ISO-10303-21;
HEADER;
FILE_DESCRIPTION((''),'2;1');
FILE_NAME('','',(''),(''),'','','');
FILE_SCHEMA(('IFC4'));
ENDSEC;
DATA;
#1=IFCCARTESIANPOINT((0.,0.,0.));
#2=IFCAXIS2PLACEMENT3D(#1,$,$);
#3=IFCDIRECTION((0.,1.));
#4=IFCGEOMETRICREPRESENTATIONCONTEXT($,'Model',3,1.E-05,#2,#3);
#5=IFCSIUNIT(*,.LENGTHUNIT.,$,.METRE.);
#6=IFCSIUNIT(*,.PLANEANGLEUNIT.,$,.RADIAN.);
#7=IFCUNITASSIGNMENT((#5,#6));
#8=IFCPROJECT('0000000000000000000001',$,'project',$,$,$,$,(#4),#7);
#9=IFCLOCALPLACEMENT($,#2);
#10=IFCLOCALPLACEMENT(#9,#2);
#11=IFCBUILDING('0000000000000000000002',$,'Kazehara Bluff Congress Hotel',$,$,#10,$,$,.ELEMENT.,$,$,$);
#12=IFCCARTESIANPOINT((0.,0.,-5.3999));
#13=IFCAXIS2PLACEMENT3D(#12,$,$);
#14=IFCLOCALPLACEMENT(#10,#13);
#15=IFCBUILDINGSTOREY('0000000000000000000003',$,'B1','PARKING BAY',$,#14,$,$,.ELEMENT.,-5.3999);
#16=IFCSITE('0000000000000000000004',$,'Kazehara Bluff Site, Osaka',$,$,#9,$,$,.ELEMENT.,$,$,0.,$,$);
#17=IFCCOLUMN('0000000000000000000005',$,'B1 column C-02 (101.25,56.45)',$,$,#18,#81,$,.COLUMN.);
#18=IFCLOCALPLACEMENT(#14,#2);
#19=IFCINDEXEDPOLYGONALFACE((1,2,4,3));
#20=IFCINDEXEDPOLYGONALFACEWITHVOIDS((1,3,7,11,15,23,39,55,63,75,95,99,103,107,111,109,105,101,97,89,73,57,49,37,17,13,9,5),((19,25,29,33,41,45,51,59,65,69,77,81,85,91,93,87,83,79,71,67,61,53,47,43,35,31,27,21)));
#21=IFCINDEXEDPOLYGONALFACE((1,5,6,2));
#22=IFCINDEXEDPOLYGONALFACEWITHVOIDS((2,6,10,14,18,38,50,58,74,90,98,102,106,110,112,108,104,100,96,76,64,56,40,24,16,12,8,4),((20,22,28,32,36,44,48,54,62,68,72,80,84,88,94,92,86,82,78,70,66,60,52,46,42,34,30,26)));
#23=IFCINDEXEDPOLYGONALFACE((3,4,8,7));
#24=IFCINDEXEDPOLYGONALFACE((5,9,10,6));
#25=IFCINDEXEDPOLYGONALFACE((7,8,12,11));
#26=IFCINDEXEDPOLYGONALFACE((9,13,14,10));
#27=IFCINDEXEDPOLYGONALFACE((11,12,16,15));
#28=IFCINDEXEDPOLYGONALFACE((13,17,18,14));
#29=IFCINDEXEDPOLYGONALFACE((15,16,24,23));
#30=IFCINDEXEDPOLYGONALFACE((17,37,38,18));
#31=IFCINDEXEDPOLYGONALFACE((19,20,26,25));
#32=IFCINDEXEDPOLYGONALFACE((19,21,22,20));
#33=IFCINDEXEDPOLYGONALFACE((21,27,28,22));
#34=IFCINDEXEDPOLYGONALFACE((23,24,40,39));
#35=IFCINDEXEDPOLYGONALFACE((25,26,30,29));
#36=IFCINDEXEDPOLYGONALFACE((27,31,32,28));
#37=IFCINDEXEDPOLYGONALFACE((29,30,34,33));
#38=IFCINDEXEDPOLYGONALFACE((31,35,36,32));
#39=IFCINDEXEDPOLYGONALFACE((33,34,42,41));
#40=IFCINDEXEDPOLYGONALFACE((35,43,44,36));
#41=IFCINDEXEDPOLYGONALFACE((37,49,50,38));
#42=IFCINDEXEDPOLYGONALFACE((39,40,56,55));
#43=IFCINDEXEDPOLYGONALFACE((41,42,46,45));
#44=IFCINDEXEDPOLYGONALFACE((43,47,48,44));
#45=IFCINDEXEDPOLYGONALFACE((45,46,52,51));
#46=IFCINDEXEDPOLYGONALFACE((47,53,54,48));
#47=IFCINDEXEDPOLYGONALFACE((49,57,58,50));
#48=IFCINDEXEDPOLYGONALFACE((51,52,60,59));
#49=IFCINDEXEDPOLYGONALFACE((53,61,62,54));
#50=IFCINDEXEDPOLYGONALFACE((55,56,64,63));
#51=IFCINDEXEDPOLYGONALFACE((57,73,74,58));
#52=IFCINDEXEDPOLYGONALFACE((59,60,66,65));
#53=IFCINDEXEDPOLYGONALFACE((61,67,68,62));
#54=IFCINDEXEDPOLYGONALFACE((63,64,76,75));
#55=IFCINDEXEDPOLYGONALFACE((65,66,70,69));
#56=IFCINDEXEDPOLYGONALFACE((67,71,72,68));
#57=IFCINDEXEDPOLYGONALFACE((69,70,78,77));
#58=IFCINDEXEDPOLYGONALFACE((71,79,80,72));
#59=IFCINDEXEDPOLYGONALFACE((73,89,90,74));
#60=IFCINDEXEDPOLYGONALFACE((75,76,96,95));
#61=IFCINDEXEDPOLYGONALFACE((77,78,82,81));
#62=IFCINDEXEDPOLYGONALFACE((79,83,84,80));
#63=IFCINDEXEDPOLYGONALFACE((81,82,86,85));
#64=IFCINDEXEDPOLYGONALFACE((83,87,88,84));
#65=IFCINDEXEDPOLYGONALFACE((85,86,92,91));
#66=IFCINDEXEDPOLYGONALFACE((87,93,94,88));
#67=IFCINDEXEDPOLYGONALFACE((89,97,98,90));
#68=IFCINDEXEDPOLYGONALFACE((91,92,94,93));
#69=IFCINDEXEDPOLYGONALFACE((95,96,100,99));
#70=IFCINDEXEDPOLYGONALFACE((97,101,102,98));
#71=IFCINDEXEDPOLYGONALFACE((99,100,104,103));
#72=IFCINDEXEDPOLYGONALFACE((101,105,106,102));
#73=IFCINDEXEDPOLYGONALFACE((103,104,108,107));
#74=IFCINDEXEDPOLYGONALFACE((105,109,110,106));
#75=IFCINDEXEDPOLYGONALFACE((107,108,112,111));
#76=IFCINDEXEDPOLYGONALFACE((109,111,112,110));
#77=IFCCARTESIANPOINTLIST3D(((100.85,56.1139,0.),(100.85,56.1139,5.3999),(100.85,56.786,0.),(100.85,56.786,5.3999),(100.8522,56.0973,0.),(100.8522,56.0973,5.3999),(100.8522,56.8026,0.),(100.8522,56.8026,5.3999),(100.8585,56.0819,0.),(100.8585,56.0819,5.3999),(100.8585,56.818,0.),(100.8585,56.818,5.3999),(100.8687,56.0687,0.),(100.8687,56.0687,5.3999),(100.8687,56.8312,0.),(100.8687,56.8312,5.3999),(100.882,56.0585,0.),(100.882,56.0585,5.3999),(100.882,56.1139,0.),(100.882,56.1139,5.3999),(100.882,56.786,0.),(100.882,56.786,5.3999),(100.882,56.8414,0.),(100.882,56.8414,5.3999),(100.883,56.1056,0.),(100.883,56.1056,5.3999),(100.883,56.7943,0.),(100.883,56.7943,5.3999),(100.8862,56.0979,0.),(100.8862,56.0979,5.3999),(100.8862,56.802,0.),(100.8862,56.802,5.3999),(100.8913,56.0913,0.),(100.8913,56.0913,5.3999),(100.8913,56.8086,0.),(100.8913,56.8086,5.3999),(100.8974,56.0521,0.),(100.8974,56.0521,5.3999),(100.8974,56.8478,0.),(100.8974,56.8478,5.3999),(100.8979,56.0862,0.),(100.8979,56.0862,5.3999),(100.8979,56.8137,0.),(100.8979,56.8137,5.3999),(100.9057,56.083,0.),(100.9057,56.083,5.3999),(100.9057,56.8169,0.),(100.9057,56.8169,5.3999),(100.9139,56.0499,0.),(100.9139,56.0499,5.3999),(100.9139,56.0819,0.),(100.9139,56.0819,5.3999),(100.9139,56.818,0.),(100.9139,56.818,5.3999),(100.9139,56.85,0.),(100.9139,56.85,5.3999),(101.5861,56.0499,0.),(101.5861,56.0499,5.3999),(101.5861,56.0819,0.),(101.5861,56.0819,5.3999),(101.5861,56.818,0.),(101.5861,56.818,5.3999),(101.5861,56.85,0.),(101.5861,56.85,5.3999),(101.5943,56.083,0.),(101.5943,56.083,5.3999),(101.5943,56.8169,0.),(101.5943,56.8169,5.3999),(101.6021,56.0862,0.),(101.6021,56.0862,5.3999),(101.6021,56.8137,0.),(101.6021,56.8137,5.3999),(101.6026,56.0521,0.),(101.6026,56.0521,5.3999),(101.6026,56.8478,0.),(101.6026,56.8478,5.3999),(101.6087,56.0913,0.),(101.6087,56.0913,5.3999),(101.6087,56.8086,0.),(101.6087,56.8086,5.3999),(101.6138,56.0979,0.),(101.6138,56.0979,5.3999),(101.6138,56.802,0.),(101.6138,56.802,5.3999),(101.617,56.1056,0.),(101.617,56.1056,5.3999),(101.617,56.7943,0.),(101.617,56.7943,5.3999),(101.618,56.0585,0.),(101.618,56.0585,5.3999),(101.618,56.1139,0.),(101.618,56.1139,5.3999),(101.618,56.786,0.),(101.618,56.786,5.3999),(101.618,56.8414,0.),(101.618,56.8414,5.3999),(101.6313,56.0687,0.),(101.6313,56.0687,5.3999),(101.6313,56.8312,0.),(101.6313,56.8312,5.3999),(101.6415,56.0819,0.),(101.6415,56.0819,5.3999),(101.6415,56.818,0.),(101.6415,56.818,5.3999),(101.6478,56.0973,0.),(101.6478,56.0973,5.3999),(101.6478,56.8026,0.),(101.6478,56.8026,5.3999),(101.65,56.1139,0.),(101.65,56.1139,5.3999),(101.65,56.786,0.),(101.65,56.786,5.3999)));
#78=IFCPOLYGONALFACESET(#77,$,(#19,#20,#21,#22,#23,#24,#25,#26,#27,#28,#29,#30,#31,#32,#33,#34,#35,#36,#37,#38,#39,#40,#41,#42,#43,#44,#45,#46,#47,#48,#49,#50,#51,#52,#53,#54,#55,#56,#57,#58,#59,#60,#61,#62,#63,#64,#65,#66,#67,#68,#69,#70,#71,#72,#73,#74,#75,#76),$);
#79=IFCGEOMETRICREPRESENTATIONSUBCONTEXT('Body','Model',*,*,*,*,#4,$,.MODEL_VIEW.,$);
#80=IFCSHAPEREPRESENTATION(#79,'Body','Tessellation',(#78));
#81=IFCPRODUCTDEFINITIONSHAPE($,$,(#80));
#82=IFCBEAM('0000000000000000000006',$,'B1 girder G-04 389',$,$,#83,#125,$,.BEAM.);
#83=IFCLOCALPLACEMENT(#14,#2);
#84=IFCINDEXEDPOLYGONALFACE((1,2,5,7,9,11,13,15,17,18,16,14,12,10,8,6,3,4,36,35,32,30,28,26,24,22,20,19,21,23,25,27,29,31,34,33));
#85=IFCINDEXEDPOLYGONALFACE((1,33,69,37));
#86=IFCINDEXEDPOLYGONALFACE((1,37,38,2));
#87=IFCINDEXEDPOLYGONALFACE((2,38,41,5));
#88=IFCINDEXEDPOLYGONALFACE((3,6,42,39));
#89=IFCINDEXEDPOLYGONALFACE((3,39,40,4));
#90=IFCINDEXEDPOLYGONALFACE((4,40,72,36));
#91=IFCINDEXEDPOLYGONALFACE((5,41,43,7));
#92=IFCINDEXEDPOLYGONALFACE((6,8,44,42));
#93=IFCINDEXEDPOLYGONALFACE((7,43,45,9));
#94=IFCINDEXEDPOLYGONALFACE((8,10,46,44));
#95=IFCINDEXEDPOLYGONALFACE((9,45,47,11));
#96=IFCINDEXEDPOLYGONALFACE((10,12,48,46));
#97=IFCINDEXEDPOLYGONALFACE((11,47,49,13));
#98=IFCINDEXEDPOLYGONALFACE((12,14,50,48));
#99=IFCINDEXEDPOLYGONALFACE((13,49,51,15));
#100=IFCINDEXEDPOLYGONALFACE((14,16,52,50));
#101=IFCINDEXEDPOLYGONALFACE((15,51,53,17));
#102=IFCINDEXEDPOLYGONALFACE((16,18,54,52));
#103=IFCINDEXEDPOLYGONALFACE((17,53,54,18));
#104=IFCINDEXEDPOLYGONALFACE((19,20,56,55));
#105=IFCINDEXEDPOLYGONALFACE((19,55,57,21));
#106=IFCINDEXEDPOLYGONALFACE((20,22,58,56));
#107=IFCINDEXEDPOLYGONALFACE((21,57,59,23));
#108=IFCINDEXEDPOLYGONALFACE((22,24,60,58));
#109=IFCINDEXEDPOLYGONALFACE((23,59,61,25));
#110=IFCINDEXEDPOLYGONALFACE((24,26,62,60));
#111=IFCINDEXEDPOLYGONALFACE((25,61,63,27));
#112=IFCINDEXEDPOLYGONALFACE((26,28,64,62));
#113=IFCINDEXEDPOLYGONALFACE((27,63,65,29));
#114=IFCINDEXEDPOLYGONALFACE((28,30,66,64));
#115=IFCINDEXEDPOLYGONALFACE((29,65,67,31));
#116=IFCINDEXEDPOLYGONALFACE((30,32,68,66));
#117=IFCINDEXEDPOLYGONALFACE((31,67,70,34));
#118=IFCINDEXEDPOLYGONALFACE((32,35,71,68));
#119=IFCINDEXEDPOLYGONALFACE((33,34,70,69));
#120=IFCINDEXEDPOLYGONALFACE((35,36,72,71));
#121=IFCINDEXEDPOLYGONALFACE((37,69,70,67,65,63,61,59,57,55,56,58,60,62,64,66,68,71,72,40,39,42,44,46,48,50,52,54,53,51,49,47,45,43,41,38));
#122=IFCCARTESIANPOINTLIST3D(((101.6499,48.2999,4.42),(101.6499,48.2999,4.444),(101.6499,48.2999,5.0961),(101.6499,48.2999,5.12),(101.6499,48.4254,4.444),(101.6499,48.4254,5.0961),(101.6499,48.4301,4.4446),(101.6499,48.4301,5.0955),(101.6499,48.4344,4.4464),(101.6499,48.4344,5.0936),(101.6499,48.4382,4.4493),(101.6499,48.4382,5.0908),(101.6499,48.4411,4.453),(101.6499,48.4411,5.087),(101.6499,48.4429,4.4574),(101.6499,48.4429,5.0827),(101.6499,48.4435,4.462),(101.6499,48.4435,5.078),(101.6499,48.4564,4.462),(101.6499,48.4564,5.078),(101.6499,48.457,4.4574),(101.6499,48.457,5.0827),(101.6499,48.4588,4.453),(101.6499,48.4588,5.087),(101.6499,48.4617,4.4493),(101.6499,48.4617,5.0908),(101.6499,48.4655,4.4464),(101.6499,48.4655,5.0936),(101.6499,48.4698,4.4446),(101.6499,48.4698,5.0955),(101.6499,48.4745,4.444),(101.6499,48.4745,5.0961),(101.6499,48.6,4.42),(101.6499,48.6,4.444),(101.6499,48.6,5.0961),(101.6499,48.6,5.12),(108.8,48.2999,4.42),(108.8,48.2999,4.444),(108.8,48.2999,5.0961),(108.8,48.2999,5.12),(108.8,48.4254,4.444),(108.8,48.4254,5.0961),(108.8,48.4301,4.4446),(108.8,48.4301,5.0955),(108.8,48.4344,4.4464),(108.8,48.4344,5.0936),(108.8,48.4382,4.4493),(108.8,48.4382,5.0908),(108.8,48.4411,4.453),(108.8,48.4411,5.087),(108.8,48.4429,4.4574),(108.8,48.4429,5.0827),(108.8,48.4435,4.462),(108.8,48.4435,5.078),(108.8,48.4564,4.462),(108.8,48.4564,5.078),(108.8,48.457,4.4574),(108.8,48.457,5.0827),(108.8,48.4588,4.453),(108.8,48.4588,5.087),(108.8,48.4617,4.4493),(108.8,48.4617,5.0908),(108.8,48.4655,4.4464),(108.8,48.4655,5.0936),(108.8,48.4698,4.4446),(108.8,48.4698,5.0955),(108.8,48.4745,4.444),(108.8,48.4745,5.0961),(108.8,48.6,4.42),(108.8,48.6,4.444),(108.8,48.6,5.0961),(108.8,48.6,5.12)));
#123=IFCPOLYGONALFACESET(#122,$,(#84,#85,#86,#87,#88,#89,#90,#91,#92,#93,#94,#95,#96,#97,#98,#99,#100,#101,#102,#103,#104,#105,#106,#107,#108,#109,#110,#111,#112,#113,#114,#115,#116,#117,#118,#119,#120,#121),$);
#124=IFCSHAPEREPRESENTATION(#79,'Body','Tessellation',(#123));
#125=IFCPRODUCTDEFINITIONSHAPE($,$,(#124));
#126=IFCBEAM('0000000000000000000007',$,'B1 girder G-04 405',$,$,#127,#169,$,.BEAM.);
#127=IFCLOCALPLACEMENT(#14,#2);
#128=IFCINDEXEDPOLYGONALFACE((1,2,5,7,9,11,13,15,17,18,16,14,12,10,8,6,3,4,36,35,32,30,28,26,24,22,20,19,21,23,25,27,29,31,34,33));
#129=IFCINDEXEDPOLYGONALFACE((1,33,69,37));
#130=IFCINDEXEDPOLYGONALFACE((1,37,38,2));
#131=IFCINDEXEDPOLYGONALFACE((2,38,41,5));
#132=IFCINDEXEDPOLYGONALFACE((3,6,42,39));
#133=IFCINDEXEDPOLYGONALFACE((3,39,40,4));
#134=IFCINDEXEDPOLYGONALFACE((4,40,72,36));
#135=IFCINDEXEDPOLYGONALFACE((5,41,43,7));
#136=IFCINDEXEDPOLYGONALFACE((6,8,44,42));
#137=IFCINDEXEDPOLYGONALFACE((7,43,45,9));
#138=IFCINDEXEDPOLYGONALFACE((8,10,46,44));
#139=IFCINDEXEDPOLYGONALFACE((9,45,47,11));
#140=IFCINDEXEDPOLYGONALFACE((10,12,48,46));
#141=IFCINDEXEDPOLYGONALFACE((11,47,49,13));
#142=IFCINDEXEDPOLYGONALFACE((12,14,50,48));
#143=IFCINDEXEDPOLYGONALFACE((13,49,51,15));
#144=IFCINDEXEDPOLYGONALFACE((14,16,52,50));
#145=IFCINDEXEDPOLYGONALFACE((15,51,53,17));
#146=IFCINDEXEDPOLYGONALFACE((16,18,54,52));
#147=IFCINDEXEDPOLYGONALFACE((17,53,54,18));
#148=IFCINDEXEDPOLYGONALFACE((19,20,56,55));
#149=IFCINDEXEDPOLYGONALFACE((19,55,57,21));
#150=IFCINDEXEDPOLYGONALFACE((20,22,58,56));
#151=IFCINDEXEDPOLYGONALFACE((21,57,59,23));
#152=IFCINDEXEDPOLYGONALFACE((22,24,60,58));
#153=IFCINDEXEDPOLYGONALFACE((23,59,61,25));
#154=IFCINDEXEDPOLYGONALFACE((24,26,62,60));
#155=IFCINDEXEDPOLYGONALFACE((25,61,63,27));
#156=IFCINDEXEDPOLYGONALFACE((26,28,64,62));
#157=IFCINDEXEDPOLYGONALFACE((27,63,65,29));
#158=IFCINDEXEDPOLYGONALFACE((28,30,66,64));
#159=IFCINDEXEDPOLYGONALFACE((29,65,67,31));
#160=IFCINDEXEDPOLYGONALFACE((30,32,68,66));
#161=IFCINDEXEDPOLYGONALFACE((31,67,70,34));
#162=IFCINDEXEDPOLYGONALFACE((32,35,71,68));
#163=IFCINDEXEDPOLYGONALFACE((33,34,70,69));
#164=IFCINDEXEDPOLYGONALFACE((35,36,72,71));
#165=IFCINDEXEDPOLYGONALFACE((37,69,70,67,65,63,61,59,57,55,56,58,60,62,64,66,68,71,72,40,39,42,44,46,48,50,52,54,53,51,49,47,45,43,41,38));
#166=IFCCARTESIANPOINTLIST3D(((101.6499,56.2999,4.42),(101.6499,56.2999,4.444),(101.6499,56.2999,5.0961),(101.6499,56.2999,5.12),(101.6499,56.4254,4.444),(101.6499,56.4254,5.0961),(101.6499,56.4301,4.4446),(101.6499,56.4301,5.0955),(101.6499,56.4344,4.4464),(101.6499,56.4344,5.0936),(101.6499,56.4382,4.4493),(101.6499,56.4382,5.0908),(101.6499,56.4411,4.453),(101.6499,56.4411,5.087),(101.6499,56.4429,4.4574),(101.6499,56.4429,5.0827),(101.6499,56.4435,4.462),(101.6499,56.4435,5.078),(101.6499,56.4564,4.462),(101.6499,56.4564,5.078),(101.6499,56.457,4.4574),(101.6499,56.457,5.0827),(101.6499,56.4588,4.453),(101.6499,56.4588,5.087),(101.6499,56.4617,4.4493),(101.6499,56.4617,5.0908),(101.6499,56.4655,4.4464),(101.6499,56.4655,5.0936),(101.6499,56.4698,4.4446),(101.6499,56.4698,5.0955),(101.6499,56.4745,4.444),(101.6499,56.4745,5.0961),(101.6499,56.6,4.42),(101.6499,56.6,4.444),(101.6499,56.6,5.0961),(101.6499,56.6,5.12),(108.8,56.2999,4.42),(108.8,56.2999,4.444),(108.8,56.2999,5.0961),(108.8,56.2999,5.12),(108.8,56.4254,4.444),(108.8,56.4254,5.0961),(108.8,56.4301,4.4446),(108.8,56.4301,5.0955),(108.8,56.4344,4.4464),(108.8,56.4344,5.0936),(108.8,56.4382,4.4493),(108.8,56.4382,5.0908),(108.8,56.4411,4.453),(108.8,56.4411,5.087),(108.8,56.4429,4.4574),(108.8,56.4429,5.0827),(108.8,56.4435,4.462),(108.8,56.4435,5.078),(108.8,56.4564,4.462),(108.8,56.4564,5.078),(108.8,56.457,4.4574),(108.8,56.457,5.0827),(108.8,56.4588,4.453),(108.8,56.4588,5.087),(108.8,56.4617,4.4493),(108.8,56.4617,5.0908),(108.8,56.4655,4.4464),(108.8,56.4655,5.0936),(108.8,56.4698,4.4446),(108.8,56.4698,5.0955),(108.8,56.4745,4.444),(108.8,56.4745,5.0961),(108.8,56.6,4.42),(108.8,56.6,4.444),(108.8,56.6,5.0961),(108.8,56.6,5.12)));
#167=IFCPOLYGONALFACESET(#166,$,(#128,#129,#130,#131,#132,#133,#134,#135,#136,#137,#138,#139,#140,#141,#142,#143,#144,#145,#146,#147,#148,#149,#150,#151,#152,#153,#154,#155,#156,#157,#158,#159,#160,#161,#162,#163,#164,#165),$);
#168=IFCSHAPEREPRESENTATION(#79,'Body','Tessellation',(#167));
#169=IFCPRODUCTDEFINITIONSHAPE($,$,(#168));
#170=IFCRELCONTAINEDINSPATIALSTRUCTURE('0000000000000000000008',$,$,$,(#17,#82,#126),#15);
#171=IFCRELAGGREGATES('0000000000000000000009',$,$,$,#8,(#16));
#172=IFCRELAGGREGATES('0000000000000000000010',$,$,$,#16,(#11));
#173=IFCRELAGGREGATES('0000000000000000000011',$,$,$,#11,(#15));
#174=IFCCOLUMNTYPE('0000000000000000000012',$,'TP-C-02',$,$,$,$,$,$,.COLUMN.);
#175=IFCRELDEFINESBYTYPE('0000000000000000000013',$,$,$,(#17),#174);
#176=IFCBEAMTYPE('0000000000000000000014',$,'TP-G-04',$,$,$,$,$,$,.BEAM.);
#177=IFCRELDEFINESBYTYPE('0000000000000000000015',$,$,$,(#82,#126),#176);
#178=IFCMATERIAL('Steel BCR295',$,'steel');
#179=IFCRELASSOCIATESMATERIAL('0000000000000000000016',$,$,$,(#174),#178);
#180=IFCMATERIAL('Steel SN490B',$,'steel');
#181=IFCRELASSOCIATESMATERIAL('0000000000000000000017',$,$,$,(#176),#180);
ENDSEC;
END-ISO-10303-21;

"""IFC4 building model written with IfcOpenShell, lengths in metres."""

from ifc_helpers import new_model, si_unit, direction, frame, origin, origin_2d, place, context, subcontext, project, spatial, hollow_rectangle, i_section, extrude, material, material_profile, profile_set, type_object, element, save


model = new_model("IFC4")

# Units and contexts
model_context = context("Model", 3, precision=1e-05, world=origin(), true_north=direction((0.0, 1.0)))
body_context = subcontext(model_context, "Body", "Model", "MODEL_VIEW")
ifc_project = project(units=[si_unit("LENGTHUNIT", "METRE"), si_unit("PLANEANGLEUNIT", "RADIAN")], contexts=[model_context])

# Site, building, storey
site_placement = place(None, origin())
site = spatial("IfcSite", under=ifc_project, at=site_placement, Name="Kazehara Bluff Site, Osaka", CompositionType="ELEMENT", RefElevation=0.0)
building_placement = place(site_placement, origin())
building = spatial("IfcBuilding", under=site, at=building_placement, Name="Kazehara Bluff Congress Hotel", CompositionType="ELEMENT")
storey_placement = place(building_placement, frame((0.0, 0.0, -5.3999)))
storey = spatial("IfcBuildingStorey", under=building, at=storey_placement, Name="B1", Description="PARKING BAY", CompositionType="ELEMENT", Elevation=-5.3999)

# Column
ifc_material_1 = material(Name="Steel BCR295", Category="steel")
ifc_material_profile_1 = material_profile(ifc_material_1, hollow_rectangle(XDim=0.8, YDim=0.8, WallThickness=0.032, InnerFilletRadius=0.032, OuterFilletRadius=0.064, at=origin_2d()))
ifc_profile_set_1 = profile_set([ifc_material_profile_1], Name="Steel BCR295")
column_type = type_object("IfcColumnType", Name="TP-C-02", PredefinedType="COLUMN", material=ifc_profile_set_1)
for number, where, z_axis, x_axis, name in (
    (1, (101.25, 56.45, 0.0), (0.0, 0.0, 1.0), (1.0, 0.0, 0.0), "B1 column C-02 (101.25,56.45)"),
):
    element("IfcColumn", number, at=place(storey_placement, frame(where, z_axis=z_axis, x_axis=x_axis)), inside=storey, type_object=column_type, Name=name, PredefinedType="COLUMN", context=body_context, shape_type="SweptSolid", body=[
        extrude(hollow_rectangle(XDim=0.8, YDim=0.8, WallThickness=0.032, InnerFilletRadius=0.032, OuterFilletRadius=0.064, at=origin_2d()), origin(), (0.0, 0.0, 1.0), 5.3999),
    ])

# Beams
ifc_material_2 = material(Name="Steel SN490B", Category="steel")
ifc_material_profile_2 = material_profile(ifc_material_2, i_section(OverallWidth=0.3, OverallDepth=0.7, WebThickness=0.0129, FlangeThickness=0.0239, FilletRadius=0.0181, at=origin_2d()))
ifc_profile_set_2 = profile_set([ifc_material_profile_2], Name="Steel SN490B")
beam_type_1 = type_object("IfcBeamType", Name="TP-G-04", PredefinedType="BEAM", material=ifc_profile_set_2)
for number, where, z_axis, x_axis, name in (
    (2, (101.6499, 48.45, 4.77), (1.0, 0.0, 0.0), (0.0, 1.0, 0.0), "B1 girder G-04 389"),
    (3, (101.6499, 56.45, 4.77), (1.0, 0.0, 0.0), (0.0, 1.0, 0.0), "B1 girder G-04 405"),
):
    element("IfcBeam", number, at=place(storey_placement, frame(where, z_axis=z_axis, x_axis=x_axis)), inside=storey, type_object=beam_type_1, Name=name, PredefinedType="BEAM", context=body_context, shape_type="SweptSolid", body=[
        extrude(i_section(OverallWidth=0.3, OverallDepth=0.7, WebThickness=0.0129, FlangeThickness=0.0239, FilletRadius=0.0181, at=origin_2d()), origin(), (0.0, 0.0, 1.0), 7.1501),
    ])

save(model, "model.ifc")
